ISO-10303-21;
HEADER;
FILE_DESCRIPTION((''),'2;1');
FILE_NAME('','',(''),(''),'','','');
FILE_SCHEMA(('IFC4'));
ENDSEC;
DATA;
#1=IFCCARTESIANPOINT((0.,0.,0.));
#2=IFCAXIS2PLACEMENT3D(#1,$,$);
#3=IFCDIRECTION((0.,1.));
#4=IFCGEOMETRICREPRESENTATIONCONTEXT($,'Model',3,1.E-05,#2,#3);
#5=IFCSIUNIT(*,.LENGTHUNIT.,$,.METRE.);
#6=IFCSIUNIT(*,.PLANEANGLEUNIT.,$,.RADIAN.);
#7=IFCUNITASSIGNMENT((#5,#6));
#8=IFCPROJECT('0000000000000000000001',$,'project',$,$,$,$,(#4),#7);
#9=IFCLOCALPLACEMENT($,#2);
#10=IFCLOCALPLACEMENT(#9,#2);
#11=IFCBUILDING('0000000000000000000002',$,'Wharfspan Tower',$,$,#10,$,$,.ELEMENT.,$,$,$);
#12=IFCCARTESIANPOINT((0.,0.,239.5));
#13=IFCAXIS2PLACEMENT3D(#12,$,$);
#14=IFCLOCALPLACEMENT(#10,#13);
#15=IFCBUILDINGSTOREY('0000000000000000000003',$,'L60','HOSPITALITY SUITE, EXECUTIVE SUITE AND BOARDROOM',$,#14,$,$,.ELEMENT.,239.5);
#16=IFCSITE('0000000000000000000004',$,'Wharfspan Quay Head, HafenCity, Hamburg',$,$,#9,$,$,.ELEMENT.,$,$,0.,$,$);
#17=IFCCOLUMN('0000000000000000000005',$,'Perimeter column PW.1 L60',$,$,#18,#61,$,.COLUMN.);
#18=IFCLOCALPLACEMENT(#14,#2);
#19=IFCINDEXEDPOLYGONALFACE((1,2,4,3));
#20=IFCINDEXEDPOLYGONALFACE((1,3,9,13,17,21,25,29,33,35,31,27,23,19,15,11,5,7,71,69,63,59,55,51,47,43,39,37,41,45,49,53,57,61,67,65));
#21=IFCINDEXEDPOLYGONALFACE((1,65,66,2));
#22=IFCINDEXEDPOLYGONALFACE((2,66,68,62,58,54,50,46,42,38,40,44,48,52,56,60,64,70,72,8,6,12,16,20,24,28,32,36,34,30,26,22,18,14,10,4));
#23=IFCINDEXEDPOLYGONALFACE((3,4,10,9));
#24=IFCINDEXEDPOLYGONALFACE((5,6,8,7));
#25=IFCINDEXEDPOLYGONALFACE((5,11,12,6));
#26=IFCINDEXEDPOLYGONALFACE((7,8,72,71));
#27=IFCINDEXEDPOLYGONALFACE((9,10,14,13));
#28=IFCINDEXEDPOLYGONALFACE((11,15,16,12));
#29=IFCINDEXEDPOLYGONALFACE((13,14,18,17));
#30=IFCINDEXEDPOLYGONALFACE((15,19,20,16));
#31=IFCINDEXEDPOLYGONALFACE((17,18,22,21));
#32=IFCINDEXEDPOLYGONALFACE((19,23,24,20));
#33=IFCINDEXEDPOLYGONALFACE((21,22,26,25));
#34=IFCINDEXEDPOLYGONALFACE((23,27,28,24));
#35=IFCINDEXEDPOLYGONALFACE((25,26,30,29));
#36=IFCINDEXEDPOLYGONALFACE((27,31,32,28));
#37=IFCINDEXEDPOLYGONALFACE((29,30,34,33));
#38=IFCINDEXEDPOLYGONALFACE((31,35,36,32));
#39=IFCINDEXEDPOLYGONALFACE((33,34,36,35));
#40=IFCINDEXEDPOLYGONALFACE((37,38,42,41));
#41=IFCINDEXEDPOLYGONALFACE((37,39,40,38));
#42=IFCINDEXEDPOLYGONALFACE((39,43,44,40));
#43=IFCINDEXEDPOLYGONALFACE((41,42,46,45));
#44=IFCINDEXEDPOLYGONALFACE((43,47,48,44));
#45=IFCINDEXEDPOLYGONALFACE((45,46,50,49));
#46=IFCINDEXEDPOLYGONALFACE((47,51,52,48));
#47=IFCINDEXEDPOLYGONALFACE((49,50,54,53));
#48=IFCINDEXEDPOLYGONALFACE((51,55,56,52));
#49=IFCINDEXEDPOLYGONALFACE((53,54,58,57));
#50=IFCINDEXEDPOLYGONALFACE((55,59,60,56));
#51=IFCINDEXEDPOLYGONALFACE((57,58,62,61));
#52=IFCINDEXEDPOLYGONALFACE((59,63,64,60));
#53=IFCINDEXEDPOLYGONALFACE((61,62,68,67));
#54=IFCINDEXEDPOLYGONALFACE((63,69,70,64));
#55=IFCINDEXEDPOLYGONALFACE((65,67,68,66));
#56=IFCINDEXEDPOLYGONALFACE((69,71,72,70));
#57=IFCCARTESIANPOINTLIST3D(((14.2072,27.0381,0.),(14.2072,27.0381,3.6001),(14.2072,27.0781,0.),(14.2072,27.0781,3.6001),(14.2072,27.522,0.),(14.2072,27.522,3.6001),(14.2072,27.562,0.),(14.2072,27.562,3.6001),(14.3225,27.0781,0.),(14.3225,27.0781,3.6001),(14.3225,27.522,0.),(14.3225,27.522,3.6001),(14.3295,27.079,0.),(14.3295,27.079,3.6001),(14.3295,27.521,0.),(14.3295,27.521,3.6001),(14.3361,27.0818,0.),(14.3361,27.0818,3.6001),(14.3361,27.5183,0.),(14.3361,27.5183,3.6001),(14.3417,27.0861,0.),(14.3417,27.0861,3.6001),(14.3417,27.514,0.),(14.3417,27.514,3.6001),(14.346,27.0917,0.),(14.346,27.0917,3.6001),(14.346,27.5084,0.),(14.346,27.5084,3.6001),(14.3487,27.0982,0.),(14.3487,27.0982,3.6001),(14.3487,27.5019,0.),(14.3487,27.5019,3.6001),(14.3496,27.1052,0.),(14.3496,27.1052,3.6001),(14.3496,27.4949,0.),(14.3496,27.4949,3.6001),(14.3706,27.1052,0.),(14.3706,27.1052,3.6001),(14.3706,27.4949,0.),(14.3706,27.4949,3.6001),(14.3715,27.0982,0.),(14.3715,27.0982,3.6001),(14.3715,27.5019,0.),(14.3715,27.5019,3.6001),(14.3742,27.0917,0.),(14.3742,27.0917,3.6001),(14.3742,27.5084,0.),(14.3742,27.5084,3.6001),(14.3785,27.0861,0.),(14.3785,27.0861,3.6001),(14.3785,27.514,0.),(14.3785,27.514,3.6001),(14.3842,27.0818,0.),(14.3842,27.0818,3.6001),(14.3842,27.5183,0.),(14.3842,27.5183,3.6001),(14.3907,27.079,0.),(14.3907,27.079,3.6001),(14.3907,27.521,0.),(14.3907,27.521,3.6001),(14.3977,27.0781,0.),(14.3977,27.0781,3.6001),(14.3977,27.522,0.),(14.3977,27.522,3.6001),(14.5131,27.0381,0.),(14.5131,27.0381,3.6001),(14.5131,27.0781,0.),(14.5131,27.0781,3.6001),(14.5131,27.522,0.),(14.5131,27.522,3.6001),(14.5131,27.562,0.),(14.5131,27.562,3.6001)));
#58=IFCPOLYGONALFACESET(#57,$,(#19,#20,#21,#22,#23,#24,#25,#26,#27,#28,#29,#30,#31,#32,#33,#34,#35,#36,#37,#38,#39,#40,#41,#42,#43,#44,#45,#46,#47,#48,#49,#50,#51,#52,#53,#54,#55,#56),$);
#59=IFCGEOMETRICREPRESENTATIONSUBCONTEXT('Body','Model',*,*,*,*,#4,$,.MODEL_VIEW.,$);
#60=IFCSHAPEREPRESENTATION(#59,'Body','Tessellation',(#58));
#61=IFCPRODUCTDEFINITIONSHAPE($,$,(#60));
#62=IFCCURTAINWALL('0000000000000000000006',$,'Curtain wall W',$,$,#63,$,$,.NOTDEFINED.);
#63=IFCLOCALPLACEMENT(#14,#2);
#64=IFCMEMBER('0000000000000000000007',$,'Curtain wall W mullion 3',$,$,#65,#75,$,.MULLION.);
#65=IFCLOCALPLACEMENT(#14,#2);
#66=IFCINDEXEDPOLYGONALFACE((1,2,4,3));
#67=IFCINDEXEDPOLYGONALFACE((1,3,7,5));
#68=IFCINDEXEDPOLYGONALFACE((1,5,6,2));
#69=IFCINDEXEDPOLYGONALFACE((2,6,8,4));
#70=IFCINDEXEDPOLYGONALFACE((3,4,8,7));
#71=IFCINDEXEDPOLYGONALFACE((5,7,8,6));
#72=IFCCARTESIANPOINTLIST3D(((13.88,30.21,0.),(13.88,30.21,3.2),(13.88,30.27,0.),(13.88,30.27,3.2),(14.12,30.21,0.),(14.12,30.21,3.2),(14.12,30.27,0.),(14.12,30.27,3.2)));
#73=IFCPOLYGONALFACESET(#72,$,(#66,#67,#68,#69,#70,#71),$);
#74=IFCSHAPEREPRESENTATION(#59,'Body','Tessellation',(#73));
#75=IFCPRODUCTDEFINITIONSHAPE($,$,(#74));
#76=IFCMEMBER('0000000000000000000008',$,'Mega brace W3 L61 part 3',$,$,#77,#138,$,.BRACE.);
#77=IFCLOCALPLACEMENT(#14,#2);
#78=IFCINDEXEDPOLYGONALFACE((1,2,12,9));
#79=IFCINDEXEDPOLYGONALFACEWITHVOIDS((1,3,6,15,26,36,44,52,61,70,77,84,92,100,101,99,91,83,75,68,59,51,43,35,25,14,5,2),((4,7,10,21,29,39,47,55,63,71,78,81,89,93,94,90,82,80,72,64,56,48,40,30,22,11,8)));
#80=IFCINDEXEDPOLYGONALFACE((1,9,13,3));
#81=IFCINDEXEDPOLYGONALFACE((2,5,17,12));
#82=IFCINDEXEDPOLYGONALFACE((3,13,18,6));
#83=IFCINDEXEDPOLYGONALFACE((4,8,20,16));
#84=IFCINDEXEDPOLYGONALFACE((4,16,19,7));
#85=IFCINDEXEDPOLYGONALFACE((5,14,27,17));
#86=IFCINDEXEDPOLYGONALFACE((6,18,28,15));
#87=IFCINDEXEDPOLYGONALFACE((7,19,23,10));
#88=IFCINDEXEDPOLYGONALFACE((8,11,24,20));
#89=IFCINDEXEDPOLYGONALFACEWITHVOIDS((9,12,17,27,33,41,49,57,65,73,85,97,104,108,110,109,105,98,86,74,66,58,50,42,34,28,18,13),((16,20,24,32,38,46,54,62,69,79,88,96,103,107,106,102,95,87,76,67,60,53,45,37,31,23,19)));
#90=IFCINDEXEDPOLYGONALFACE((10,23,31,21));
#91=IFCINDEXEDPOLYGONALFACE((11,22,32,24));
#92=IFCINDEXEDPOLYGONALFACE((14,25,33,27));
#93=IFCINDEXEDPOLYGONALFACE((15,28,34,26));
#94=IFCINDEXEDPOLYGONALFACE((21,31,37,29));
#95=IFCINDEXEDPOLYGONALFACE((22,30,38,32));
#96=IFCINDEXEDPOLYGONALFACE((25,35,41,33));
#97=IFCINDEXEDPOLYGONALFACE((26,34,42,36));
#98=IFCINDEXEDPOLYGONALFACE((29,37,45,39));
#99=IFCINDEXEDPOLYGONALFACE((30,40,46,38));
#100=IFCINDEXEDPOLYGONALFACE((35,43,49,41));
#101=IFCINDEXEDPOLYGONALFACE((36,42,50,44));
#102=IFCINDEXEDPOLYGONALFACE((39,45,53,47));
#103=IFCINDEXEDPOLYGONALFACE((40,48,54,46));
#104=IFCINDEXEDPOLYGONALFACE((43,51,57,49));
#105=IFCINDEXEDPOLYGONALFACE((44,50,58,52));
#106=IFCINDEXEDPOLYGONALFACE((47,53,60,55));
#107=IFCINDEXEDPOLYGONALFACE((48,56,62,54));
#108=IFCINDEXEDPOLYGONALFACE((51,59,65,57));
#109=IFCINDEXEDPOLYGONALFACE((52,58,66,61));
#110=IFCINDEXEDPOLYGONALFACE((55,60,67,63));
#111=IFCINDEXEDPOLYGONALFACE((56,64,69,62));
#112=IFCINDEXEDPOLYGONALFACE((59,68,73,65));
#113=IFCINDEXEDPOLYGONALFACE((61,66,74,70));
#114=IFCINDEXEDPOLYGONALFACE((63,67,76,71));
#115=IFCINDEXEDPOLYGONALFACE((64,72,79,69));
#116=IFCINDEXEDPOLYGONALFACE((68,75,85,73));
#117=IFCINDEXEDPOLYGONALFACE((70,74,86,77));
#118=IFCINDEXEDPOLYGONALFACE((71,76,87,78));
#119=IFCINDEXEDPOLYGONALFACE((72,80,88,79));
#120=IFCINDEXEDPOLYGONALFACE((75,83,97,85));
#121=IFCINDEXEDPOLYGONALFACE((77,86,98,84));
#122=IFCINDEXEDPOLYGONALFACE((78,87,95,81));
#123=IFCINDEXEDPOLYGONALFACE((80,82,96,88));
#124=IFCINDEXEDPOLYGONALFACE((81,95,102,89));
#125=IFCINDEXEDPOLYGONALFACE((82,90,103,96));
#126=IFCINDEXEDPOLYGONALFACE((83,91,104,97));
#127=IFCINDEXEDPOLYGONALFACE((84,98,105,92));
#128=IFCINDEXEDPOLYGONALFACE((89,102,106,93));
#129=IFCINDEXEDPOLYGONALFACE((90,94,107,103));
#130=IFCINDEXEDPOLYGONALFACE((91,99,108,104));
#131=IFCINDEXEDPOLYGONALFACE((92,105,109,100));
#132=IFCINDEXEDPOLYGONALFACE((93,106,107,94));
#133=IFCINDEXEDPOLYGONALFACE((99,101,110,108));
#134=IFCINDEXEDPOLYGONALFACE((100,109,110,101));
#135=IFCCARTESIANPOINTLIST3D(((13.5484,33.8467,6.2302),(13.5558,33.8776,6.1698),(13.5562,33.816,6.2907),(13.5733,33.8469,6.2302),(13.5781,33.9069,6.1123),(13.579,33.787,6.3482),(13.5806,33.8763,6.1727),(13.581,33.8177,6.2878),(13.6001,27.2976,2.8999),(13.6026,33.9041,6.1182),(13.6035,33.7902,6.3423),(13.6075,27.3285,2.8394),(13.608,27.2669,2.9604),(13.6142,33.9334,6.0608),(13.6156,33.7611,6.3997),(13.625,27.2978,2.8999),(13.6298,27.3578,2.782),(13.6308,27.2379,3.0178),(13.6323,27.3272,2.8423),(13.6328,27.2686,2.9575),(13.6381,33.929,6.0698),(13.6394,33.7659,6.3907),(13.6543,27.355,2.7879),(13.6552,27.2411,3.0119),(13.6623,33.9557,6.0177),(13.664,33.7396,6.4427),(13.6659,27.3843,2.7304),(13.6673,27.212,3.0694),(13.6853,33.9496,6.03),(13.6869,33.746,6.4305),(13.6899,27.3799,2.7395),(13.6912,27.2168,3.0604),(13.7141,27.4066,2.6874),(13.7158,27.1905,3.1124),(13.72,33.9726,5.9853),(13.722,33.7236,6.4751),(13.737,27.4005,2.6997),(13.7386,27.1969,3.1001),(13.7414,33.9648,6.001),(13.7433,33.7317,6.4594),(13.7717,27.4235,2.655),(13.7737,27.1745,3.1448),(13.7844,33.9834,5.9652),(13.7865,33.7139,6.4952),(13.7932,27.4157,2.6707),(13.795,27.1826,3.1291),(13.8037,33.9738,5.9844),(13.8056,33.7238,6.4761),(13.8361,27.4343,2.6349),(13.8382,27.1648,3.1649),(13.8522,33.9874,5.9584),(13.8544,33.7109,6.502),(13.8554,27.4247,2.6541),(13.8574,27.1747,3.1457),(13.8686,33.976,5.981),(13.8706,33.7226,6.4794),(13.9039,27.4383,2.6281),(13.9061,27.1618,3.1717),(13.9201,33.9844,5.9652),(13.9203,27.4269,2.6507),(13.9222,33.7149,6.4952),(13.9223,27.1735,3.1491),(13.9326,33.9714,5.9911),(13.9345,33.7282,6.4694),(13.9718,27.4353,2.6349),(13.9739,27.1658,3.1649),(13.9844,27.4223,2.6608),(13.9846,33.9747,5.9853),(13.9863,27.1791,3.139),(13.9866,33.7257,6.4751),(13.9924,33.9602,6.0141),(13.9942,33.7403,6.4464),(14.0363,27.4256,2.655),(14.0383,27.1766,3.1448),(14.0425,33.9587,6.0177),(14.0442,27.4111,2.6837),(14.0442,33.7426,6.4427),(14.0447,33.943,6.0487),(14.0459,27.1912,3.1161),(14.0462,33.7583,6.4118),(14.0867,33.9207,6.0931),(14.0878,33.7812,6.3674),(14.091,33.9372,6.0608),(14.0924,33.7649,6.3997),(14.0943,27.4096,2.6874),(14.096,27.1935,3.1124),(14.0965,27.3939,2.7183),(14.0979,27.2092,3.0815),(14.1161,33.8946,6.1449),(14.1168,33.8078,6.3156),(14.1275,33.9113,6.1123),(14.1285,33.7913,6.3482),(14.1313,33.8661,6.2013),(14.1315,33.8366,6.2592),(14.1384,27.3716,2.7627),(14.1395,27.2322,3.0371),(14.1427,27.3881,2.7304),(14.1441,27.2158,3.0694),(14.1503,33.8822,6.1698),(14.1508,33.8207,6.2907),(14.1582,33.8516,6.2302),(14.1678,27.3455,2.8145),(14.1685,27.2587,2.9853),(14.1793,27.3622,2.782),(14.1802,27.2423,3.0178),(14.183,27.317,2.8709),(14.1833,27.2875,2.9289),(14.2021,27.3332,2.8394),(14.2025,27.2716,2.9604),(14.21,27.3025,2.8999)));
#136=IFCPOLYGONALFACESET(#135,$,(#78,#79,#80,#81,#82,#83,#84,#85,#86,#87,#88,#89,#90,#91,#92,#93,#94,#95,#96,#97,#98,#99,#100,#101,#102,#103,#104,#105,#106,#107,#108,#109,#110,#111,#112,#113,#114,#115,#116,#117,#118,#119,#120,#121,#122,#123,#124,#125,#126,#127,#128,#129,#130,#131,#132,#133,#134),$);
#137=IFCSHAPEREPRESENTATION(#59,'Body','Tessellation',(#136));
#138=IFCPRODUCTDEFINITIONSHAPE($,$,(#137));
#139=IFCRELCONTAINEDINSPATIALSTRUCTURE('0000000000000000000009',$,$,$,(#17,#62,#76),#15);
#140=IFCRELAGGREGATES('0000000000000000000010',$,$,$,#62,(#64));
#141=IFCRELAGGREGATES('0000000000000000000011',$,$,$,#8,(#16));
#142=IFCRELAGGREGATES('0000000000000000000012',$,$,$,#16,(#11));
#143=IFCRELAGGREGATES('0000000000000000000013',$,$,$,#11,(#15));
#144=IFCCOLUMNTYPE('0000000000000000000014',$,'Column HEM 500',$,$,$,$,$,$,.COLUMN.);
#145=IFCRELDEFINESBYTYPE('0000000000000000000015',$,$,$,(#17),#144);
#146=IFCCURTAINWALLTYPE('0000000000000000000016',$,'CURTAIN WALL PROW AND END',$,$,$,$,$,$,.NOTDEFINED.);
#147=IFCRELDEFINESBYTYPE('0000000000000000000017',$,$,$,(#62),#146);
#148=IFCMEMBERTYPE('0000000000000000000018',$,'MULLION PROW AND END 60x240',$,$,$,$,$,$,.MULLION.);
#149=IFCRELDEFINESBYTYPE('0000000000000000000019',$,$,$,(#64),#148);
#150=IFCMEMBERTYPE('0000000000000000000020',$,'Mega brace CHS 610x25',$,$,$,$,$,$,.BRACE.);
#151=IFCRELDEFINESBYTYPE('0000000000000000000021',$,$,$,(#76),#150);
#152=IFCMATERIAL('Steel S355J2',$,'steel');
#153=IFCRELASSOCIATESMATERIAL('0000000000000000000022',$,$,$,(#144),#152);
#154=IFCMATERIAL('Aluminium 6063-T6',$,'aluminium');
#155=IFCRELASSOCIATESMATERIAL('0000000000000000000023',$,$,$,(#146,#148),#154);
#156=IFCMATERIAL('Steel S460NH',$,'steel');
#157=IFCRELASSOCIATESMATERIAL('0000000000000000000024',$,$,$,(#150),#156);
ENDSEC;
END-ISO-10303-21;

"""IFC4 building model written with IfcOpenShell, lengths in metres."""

from ifc_helpers import new_model, si_unit, direction, frame, origin, origin_2d, place, context, subcontext, project, spatial, rectangle, hollow_circle, i_section, extrude, material, material_profile, profile_set, type_object, element, aggregate, save


model = new_model("IFC4")

# Units and contexts
model_context = context("Model", 3, precision=1e-05, world=origin(), true_north=direction((0.0, 1.0)))
body_context = subcontext(model_context, "Body", "Model", "MODEL_VIEW")
ifc_project = project(units=[si_unit("LENGTHUNIT", "METRE"), si_unit("PLANEANGLEUNIT", "RADIAN")], contexts=[model_context])

# Site, building, storey
site_placement = place(None, origin())
site = spatial("IfcSite", under=ifc_project, at=site_placement, Name="Wharfspan Quay Head, HafenCity, Hamburg", CompositionType="ELEMENT", RefElevation=0.0)
building_placement = place(site_placement, origin())
building = spatial("IfcBuilding", under=site, at=building_placement, Name="Wharfspan Tower", CompositionType="ELEMENT")
storey_placement = place(building_placement, frame((0.0, 0.0, 239.5)))
storey = spatial("IfcBuildingStorey", under=building, at=storey_placement, Name="L60", Description="HOSPITALITY SUITE, EXECUTIVE SUITE AND BOARDROOM", CompositionType="ELEMENT", Elevation=239.5)

# Column
ifc_material_1 = material(Name="Steel S355J2", Category="steel")
ifc_material_profile_1 = material_profile(ifc_material_1, i_section(OverallWidth=0.3059, OverallDepth=0.5239, WebThickness=0.021, FlangeThickness=0.04, FilletRadius=0.0271, at=origin_2d()))
ifc_profile_set_1 = profile_set([ifc_material_profile_1], Name="Steel S355J2")
column_type = type_object("IfcColumnType", Name="Column HEM 500", PredefinedType="COLUMN", material=ifc_profile_set_1)
column_placement = place(storey_placement, frame((14.3601, 27.3, 0.0), z_axis=(0.0, 0.0, 1.0), x_axis=(-1.0, 0.0, 0.0)))
element("IfcColumn", 1, at=column_placement, inside=storey, type_object=column_type, Name="Perimeter column PW.1 L60", PredefinedType="COLUMN", context=body_context, shape_type="SweptSolid", body=[
    extrude(i_section(OverallWidth=0.3059, OverallDepth=0.5239, WebThickness=0.021, FlangeThickness=0.04, FilletRadius=0.0271, at=origin_2d()), origin(), (0.0, 0.0, 1.0), 3.6001),
])

# Curtain wall, member
ifc_material_2 = material(Name="Aluminium 6063-T6", Category="aluminium")
curtain_wall_type = type_object("IfcCurtainWallType", Name="CURTAIN WALL PROW AND END", PredefinedType="NOTDEFINED", material=ifc_material_2)
curtain_wall_placement = place(storey_placement, origin())
curtain_wall = element("IfcCurtainWall", 2, at=curtain_wall_placement, inside=storey, type_object=curtain_wall_type, Name="Curtain wall W", PredefinedType="NOTDEFINED")
ifc_material_profile_2 = material_profile(ifc_material_2, rectangle(XDim=0.24, YDim=0.0601, at=origin_2d()))
ifc_profile_set_2 = profile_set([ifc_material_profile_2], Name="Aluminium 6063-T6")
member_type_1 = type_object("IfcMemberType", Name="MULLION PROW AND END 60x240", PredefinedType="MULLION", material=ifc_profile_set_2)
member_1_placement = place(storey_placement, frame((14.0, 30.24, 0.0), z_axis=(0.0, 0.0, 1.0), x_axis=(1.0, 0.0, 0.0)))
member_1 = element("IfcMember", 3, at=member_1_placement, type_object=member_type_1, Name="Curtain wall W mullion 3", PredefinedType="MULLION", context=body_context, shape_type="SweptSolid", body=[
    extrude(rectangle(XDim=0.24, YDim=0.0601, at=origin_2d()), origin(), (0.0, 0.0, 1.0), 3.2),
])

# Member
ifc_material_3 = material(Name="Steel S460NH", Category="steel")
ifc_material_profile_3 = material_profile(ifc_material_3, hollow_circle(Radius=0.3049, WallThickness=0.0249, at=origin_2d()))
ifc_profile_set_3 = profile_set([ifc_material_profile_3], Name="Steel S460NH")
member_type_2 = type_object("IfcMemberType", Name="Mega brace CHS 610x25", PredefinedType="BRACE", material=ifc_profile_set_3)
member_2_placement = place(storey_placement, frame((13.905, 27.3, 2.8999), z_axis=(-0.007044, 0.891347, 0.453266), x_axis=(-0.999973, -0.007904, 0.000003)))
element("IfcMember", 4, at=member_2_placement, inside=storey, type_object=member_type_2, Name="Mega brace W3 L61 part 3", PredefinedType="BRACE", context=body_context, shape_type="SweptSolid", body=[
    extrude(hollow_circle(Radius=0.3049, WallThickness=0.0249, at=origin_2d()), origin(), (0.0, 0.0, 1.0), 7.3474),
])

aggregate(curtain_wall, [member_1])

save(model, "model.ifc")
